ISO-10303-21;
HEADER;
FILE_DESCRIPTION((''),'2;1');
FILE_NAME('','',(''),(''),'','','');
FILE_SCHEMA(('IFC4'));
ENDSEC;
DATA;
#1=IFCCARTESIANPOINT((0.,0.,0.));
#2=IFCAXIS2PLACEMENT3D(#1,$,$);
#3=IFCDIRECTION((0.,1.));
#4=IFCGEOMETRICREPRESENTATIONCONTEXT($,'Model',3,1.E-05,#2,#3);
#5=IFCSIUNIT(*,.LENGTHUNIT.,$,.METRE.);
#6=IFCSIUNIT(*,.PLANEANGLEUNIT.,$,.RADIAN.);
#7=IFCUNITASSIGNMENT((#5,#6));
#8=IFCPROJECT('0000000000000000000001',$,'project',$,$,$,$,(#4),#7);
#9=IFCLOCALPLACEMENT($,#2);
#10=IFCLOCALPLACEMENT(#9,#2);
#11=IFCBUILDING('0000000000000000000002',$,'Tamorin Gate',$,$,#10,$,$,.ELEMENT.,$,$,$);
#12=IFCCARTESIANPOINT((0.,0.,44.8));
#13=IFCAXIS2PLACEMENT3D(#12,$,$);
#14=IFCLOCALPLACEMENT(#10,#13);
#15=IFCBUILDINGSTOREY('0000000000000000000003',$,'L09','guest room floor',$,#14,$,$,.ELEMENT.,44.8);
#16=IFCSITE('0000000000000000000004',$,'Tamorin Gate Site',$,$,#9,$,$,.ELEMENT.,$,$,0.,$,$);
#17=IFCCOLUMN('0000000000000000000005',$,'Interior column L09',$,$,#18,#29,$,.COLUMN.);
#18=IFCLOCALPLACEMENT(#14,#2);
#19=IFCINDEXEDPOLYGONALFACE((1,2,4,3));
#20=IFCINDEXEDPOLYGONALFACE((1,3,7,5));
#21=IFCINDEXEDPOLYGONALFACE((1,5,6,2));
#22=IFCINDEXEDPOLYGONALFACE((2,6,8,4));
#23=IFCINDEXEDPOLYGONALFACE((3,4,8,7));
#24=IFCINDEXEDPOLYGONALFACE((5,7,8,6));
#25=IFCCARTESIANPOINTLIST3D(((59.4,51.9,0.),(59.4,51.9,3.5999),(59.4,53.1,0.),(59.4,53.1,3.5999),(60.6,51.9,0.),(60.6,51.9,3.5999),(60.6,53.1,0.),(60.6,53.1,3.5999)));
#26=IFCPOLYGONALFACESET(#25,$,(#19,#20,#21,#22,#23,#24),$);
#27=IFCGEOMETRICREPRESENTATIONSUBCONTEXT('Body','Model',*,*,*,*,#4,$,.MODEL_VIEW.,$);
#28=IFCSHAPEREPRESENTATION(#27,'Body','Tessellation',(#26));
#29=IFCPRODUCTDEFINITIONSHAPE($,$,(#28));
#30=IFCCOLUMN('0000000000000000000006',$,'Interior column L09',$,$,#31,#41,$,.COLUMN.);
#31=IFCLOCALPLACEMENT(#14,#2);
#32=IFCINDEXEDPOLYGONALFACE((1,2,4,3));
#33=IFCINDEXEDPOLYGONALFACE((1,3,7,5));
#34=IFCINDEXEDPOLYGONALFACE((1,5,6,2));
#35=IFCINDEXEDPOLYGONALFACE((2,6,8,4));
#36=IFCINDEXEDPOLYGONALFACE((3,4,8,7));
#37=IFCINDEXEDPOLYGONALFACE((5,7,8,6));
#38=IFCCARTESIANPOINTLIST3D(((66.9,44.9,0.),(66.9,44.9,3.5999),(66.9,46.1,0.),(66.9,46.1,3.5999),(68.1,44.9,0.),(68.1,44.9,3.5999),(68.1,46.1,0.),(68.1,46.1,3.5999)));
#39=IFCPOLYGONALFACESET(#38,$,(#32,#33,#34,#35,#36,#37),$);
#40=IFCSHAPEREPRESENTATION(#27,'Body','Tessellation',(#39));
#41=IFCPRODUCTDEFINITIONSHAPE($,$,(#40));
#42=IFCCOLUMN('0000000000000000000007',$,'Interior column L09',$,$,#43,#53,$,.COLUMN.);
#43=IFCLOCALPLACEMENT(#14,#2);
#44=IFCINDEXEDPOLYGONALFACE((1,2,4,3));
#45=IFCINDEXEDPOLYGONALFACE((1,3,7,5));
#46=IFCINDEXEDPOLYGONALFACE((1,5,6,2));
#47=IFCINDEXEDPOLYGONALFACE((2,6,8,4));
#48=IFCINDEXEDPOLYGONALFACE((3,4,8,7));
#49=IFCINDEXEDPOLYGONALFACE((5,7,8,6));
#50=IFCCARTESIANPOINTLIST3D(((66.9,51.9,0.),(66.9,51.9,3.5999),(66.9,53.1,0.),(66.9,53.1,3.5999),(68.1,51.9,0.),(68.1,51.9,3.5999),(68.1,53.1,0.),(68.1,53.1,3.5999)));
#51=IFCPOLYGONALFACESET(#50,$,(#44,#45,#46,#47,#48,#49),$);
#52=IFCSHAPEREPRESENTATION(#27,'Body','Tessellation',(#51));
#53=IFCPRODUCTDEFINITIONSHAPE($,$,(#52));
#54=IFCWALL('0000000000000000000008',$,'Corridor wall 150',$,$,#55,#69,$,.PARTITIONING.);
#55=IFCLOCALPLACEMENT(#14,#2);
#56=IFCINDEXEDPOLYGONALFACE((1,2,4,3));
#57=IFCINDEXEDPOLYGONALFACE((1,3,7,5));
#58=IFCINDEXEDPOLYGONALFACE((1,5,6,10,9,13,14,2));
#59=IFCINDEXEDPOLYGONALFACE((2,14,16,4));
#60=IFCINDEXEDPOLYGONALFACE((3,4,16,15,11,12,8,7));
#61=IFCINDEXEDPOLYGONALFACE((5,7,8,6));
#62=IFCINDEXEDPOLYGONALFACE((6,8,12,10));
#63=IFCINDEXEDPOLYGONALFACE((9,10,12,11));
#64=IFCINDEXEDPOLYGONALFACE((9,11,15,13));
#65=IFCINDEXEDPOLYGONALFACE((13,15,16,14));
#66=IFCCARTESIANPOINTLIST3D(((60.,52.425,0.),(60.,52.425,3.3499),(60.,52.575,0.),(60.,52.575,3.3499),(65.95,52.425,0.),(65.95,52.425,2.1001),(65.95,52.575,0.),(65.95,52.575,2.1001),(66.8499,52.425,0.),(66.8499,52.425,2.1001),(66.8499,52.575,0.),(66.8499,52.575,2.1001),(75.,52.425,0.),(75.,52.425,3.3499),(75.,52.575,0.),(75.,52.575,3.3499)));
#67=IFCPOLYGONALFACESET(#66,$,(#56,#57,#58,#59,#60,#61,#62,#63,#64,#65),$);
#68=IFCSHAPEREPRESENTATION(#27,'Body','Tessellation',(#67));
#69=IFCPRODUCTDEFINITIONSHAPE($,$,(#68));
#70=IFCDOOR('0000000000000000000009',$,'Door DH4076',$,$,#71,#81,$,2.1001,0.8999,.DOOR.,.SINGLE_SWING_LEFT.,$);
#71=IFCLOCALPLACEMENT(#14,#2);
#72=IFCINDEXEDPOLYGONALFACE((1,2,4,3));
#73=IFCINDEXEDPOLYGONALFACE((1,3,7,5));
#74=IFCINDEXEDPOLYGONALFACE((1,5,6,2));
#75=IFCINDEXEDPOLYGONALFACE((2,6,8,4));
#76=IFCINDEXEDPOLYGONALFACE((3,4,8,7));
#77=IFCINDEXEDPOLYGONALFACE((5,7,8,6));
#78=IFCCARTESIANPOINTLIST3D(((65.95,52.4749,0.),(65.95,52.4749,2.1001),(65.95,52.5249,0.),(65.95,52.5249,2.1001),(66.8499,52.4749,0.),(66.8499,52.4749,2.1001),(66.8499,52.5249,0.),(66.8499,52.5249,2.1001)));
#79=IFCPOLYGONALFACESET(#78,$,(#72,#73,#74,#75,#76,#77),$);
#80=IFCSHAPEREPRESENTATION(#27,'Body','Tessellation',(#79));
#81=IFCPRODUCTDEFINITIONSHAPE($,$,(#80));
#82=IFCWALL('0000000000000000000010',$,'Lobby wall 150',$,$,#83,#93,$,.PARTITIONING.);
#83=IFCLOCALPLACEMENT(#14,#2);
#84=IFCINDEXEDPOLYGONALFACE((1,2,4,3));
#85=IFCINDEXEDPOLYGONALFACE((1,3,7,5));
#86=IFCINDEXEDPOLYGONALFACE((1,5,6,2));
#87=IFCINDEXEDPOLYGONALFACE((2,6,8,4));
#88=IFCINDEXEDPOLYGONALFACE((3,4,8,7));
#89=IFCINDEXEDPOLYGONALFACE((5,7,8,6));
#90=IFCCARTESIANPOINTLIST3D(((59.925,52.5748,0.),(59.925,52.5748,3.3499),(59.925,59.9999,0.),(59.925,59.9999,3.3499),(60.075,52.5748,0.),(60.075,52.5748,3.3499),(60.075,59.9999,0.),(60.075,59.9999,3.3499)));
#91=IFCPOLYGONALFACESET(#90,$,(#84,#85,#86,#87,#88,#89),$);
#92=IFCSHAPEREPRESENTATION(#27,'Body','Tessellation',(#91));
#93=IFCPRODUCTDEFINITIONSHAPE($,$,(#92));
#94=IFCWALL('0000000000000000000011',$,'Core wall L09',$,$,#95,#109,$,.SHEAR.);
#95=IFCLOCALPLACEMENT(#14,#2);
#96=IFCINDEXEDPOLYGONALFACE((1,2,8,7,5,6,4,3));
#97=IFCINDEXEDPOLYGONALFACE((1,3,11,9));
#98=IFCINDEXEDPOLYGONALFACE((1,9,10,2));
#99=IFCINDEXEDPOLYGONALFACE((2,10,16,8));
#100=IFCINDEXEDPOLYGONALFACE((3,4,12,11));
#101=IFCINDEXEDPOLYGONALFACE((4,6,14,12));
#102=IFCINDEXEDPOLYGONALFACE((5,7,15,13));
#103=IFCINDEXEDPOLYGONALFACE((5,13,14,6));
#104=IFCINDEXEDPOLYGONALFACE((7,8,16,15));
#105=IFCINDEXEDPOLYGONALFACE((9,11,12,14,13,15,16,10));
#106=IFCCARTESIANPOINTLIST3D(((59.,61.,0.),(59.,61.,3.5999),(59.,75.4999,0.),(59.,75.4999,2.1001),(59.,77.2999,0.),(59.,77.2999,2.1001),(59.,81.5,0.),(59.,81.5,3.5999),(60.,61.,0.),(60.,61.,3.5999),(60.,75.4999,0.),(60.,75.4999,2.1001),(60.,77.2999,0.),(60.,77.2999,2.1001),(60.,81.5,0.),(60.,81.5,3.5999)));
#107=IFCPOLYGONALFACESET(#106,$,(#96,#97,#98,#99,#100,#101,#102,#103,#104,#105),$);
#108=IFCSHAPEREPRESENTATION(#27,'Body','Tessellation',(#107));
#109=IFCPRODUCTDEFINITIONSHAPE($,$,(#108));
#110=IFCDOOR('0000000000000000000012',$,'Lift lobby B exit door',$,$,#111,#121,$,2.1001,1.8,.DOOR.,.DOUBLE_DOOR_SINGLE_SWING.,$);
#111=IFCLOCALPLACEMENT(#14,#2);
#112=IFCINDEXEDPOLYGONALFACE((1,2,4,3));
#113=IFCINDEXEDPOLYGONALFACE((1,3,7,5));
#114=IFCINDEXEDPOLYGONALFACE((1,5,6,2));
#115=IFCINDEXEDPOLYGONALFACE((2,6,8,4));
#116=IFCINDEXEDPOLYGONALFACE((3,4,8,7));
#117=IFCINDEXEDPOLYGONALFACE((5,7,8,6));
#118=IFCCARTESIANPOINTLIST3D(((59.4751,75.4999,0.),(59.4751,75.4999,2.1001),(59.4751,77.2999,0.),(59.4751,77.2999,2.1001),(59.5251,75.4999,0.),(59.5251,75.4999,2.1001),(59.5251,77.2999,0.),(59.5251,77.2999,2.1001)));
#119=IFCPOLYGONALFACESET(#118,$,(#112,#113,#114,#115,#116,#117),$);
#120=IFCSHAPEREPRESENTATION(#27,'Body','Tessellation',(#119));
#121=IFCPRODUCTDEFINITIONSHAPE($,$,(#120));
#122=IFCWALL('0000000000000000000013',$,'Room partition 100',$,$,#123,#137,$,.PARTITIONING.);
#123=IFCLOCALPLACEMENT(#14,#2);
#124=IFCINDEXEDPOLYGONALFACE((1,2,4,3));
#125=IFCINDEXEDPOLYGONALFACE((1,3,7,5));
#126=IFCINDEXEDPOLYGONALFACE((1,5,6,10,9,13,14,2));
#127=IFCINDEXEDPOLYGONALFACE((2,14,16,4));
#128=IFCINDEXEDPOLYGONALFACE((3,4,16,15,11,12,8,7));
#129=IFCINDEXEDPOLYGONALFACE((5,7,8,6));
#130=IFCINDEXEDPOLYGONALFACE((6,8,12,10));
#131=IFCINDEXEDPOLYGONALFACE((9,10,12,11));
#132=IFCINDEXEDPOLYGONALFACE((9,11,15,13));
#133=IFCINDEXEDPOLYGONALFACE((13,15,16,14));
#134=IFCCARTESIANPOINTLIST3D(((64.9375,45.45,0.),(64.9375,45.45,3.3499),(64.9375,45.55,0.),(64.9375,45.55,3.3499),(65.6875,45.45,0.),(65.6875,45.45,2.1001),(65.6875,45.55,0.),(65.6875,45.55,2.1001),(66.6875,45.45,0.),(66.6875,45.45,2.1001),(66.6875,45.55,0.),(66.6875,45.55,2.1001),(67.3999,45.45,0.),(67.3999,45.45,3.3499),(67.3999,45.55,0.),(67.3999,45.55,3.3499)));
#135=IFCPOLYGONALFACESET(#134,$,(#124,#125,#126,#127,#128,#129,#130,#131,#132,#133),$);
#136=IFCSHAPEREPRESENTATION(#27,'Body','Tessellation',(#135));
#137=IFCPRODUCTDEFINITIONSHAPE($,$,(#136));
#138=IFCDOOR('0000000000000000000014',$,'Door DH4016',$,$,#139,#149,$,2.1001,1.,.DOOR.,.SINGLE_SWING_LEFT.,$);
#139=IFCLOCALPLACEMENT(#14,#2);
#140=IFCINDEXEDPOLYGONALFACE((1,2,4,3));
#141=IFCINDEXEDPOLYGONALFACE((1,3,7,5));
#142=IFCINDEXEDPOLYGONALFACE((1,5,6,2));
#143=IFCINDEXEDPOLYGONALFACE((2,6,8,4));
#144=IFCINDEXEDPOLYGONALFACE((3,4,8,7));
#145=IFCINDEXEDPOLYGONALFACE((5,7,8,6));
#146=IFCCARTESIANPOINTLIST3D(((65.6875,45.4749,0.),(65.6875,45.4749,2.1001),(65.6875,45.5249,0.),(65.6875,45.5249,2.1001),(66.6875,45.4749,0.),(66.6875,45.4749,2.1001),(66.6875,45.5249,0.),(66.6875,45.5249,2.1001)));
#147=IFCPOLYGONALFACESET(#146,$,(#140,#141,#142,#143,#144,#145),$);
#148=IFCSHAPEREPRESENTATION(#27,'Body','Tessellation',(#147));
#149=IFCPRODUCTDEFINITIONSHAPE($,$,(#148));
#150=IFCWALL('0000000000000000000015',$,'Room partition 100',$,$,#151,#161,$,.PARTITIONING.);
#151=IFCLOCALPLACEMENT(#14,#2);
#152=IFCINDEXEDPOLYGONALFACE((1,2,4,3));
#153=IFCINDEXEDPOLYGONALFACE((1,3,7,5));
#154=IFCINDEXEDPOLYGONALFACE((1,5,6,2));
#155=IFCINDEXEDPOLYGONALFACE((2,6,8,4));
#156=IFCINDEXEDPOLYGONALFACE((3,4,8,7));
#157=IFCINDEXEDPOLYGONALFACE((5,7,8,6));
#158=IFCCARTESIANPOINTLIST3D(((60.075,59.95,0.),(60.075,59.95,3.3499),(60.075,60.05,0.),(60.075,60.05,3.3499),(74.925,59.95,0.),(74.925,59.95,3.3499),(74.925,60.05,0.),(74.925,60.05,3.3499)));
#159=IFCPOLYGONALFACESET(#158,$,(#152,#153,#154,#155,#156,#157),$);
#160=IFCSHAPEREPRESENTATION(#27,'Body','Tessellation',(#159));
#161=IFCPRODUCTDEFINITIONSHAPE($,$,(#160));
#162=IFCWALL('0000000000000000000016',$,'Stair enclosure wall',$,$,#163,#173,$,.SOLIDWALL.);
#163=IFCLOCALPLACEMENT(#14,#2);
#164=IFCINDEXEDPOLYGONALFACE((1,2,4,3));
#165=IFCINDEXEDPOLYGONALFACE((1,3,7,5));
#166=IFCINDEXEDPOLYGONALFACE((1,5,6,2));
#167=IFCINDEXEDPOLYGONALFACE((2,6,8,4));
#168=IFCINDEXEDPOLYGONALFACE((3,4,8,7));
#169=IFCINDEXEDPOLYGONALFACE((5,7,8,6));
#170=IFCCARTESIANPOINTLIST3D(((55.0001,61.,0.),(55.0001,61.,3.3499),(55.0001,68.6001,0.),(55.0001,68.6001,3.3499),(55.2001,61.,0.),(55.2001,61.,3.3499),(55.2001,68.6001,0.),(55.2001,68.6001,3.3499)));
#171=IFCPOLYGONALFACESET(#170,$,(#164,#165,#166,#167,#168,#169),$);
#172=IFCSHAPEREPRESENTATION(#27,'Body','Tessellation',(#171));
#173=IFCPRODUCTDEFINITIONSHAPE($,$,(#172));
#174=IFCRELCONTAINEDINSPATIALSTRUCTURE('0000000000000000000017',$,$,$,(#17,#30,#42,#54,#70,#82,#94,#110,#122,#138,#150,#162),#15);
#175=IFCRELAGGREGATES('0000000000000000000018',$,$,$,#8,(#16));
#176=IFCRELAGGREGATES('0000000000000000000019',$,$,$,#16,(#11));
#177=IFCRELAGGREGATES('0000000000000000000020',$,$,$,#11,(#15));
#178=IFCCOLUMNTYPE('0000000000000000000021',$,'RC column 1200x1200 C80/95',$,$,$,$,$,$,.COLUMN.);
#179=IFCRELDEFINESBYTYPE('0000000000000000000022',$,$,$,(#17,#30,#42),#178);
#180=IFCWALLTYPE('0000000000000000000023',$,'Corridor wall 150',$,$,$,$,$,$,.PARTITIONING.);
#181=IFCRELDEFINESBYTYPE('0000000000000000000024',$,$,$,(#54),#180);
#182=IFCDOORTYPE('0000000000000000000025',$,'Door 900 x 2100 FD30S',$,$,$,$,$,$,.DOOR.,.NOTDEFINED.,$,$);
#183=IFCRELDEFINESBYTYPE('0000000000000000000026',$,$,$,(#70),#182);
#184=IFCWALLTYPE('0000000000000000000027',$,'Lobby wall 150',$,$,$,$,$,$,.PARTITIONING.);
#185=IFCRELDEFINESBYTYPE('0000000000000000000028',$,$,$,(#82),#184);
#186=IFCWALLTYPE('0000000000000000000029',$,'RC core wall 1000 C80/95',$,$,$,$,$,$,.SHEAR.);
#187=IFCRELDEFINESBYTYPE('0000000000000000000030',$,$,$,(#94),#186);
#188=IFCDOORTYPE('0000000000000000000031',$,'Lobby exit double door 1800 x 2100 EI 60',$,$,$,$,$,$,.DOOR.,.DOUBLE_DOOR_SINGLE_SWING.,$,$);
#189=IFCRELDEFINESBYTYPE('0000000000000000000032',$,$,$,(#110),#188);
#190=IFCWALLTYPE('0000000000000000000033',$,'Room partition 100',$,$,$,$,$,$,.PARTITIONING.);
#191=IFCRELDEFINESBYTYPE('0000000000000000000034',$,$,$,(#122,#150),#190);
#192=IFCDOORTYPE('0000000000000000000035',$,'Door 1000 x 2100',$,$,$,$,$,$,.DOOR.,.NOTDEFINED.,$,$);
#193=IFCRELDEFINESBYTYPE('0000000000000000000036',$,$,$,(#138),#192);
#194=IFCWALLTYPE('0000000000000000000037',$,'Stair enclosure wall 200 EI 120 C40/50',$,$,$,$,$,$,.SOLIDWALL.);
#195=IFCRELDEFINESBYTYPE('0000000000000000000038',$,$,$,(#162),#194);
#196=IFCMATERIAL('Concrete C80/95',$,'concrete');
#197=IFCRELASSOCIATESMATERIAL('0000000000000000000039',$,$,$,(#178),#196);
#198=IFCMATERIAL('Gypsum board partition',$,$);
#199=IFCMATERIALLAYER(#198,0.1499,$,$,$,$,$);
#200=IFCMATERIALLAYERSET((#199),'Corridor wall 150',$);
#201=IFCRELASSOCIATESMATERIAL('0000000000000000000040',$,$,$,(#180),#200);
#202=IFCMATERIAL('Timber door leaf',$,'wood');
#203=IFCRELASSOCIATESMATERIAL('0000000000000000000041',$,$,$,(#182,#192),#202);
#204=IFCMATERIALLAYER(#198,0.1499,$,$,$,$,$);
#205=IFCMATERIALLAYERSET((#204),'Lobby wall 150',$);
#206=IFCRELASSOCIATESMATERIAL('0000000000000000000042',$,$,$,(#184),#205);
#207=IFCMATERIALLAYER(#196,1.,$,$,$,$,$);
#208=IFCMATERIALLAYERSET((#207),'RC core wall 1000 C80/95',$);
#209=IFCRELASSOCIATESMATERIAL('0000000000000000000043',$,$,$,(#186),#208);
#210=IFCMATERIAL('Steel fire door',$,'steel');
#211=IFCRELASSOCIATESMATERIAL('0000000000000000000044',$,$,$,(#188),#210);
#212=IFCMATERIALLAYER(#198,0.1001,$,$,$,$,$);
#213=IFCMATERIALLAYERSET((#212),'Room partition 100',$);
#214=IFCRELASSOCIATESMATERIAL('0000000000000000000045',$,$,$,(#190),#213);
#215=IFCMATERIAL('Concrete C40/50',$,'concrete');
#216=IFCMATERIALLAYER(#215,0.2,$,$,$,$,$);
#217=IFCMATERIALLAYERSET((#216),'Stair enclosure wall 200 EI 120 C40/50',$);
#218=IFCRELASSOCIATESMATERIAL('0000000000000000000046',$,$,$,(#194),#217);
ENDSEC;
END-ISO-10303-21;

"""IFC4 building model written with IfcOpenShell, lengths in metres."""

from ifc_helpers import new_model, si_unit, direction, frame, frame_2d, origin, origin_2d, place, context, subcontext, project, spatial, rectangle, extrude, material, layer, layer_set, material_profile, profile_set, type_object, element, fill, save


model = new_model("IFC4")

# Units and contexts
model_context = context("Model", 3, precision=1e-05, world=origin(), true_north=direction((0.0, 1.0)))
body_context = subcontext(model_context, "Body", "Model", "MODEL_VIEW")
ifc_project = project(units=[si_unit("LENGTHUNIT", "METRE"), si_unit("PLANEANGLEUNIT", "RADIAN")], contexts=[model_context])

# Site, building, storey
site_placement = place(None, origin())
site = spatial("IfcSite", under=ifc_project, at=site_placement, Name="Tamorin Gate Site", CompositionType="ELEMENT", RefElevation=0.0)
building_placement = place(site_placement, origin())
building = spatial("IfcBuilding", under=site, at=building_placement, Name="Tamorin Gate", CompositionType="ELEMENT")
storey_placement = place(building_placement, frame((0.0, 0.0, 44.8)))
storey = spatial("IfcBuildingStorey", under=building, at=storey_placement, Name="L09", Description="guest room floor", CompositionType="ELEMENT", Elevation=44.8)

# Columns
ifc_material_1 = material(Name="Concrete C80/95", Category="concrete")
ifc_material_profile = material_profile(ifc_material_1, rectangle(XDim=1.2, YDim=1.2, at=origin_2d()), Name="RC 1200x1200")
ifc_profile_set = profile_set([ifc_material_profile], Name="Concrete C80/95")
column_type = type_object("IfcColumnType", Name="RC column 1200x1200 C80/95", PredefinedType="COLUMN", material=ifc_profile_set)
for number, where, z_axis, x_axis, name in (
    (1, (60.0, 52.5, 0.0), (0.0, 0.0, 1.0), (1.0, 0.0, 0.0), "Interior column L09"),
    (2, (67.5, 45.5, 0.0), (0.0, 0.0, 1.0), (1.0, 0.0, 0.0), "Interior column L09"),
    (3, (67.5, 52.5, 0.0), (0.0, 0.0, 1.0), (1.0, 0.0, 0.0), "Interior column L09"),
):
    element("IfcColumn", number, at=place(storey_placement, frame(where, z_axis=z_axis, x_axis=x_axis)), inside=storey, type_object=column_type, Name=name, PredefinedType="COLUMN", context=body_context, shape_type="SweptSolid", body=[
        extrude(rectangle(XDim=1.2, YDim=1.2, at=origin_2d()), origin(), (0.0, 0.0, 1.0), 3.5999),
    ])

# Wall, opening, door
ifc_material_2 = material(Name="Gypsum board partition")
ifc_layer_1 = layer(ifc_material_2, 0.1499)
ifc_layer_set_1 = layer_set([ifc_layer_1], Name="Corridor wall 150")
wall_type_1 = type_object("IfcWallType", Name="Corridor wall 150", PredefinedType="PARTITIONING", material=ifc_layer_set_1)
wall_1_placement = place(storey_placement, frame((60.0, 52.5, 0.0), z_axis=(0.0, 0.0, 1.0), x_axis=(1.0, 0.0, 0.0)))
wall_1 = element("IfcWall", 4, at=wall_1_placement, inside=storey, type_object=wall_type_1, Name="Corridor wall 150", PredefinedType="PARTITIONING", context=body_context, shape_type="SweptSolid", body=[
    extrude(rectangle(XDim=15.0, YDim=0.1499, at=frame_2d((7.5, 0.0))), origin(), (0.0, 0.0, 1.0), 3.3499),
])
opening_1_placement = place(wall_1_placement, frame((5.95, 0.0, 0.0)))
opening_1 = element("IfcOpeningElement", 5, at=opening_1_placement, cuts=wall_1, PredefinedType="OPENING", context=body_context, shape_type="SweptSolid", body=[
    extrude(rectangle(XDim=0.8999, YDim=2.1001, at=frame_2d((0.45, 1.05))), frame((0.0, 0.085, 0.0), z_axis=(0.0, -1.0, 0.0), x_axis=(1.0, 0.0, 0.0)), (0.0, 0.0, 1.0), 0.1699),
])
ifc_material_3 = material(Name="Timber door leaf", Category="wood")
door_type_1 = type_object("IfcDoorType", Name="Door 900 x 2100 FD30S", OperationType="NOTDEFINED", PredefinedType="DOOR", material=ifc_material_3)
door_1_placement = place(opening_1_placement, origin())
door_1 = element("IfcDoor", 6, at=door_1_placement, inside=storey, type_object=door_type_1, Name="Door DH4076", OperationType="SINGLE_SWING_LEFT", OverallHeight=2.1001, OverallWidth=0.8999, PredefinedType="DOOR", context=body_context, shape_type="SweptSolid", body=[
    extrude(rectangle(XDim=0.8999, YDim=2.1001, at=frame_2d((0.45, 1.05))), frame((0.0, 0.0249, 0.0), z_axis=(0.0, -1.0, 0.0), x_axis=(1.0, 0.0, 0.0)), (0.0, 0.0, 1.0), 0.05),
])
fill(opening_1, door_1)

# Wall
ifc_layer_2 = layer(ifc_material_2, 0.1499)
ifc_layer_set_2 = layer_set([ifc_layer_2], Name="Lobby wall 150")
wall_type_2 = type_object("IfcWallType", Name="Lobby wall 150", PredefinedType="PARTITIONING", material=ifc_layer_set_2)
wall_2_placement = place(storey_placement, frame((60.0, 52.575, 0.0), z_axis=(0.0, 0.0, 1.0), x_axis=(0.0, 1.0, 0.0)))
element("IfcWall", 7, at=wall_2_placement, inside=storey, type_object=wall_type_2, Name="Lobby wall 150", PredefinedType="PARTITIONING", context=body_context, shape_type="SweptSolid", body=[
    extrude(rectangle(XDim=7.425, YDim=0.1499, at=frame_2d((3.7124, 0.0))), origin(), (0.0, 0.0, 1.0), 3.3499),
])

# Walls, openings, doors
ifc_layer_3 = layer(ifc_material_1, 1.0)
ifc_layer_set_3 = layer_set([ifc_layer_3], Name="RC core wall 1000 C80/95")
wall_type_3 = type_object("IfcWallType", Name="RC core wall 1000 C80/95", PredefinedType="SHEAR", material=ifc_layer_set_3)
wall_3_placement = place(storey_placement, frame((59.5, 61.0, 0.0), z_axis=(0.0, 0.0, 1.0), x_axis=(0.0, 1.0, 0.0)))
wall_3 = element("IfcWall", 8, at=wall_3_placement, inside=storey, type_object=wall_type_3, Name="Core wall L09", PredefinedType="SHEAR", context=body_context, shape_type="SweptSolid", body=[
    extrude(rectangle(XDim=20.5, YDim=1.0, at=frame_2d((10.25, 0.0))), origin(), (0.0, 0.0, 1.0), 3.5999),
])
opening_2_placement = place(wall_3_placement, frame((14.5, 0.0, 0.0)))
opening_2 = element("IfcOpeningElement", 9, at=opening_2_placement, cuts=wall_3, PredefinedType="OPENING", context=body_context, shape_type="SweptSolid", body=[
    extrude(rectangle(XDim=1.8, YDim=2.1001, at=frame_2d((0.8999, 1.05))), frame((0.0, 0.51, 0.0), z_axis=(0.0, -1.0, 0.0), x_axis=(1.0, 0.0, 0.0)), (0.0, 0.0, 1.0), 1.02),
])
ifc_material_4 = material(Name="Steel fire door", Category="steel")
door_type_2 = type_object("IfcDoorType", Name="Lobby exit double door 1800 x 2100 EI 60", OperationType="DOUBLE_DOOR_SINGLE_SWING", PredefinedType="DOOR", material=ifc_material_4)
door_2_placement = place(opening_2_placement, origin())
door_2 = element("IfcDoor", 10, at=door_2_placement, inside=storey, type_object=door_type_2, Name="Lift lobby B exit door", OperationType="DOUBLE_DOOR_SINGLE_SWING", OverallHeight=2.1001, OverallWidth=1.8, PredefinedType="DOOR", context=body_context, shape_type="SweptSolid", body=[
    extrude(rectangle(XDim=1.8, YDim=2.1001, at=frame_2d((0.8999, 1.05))), frame((0.0, 0.0249, 0.0), z_axis=(0.0, -1.0, 0.0), x_axis=(1.0, 0.0, 0.0)), (0.0, 0.0, 1.0), 0.05),
])
fill(opening_2, door_2)
ifc_layer_4 = layer(ifc_material_2, 0.1001)
ifc_layer_set_4 = layer_set([ifc_layer_4], Name="Room partition 100")
wall_type_4 = type_object("IfcWallType", Name="Room partition 100", PredefinedType="PARTITIONING", material=ifc_layer_set_4)
wall_4_placement = place(storey_placement, frame((64.9375, 45.5, 0.0), z_axis=(0.0, 0.0, 1.0), x_axis=(1.0, 0.0, 0.0)))
wall_4 = element("IfcWall", 11, at=wall_4_placement, inside=storey, type_object=wall_type_4, Name="Room partition 100", PredefinedType="PARTITIONING", context=body_context, shape_type="SweptSolid", body=[
    extrude(rectangle(XDim=2.4624, YDim=0.1001, at=frame_2d((1.2312, 0.0))), origin(), (0.0, 0.0, 1.0), 3.3499),
])
opening_3_placement = place(wall_4_placement, frame((0.75, 0.0, 0.0)))
opening_3 = element("IfcOpeningElement", 12, at=opening_3_placement, cuts=wall_4, PredefinedType="OPENING", context=body_context, shape_type="SweptSolid", body=[
    extrude(rectangle(XDim=1.0, YDim=2.1001, at=frame_2d((0.5, 1.05))), frame((0.0, 0.0601, 0.0), z_axis=(0.0, -1.0, 0.0), x_axis=(1.0, 0.0, 0.0)), (0.0, 0.0, 1.0), 0.1201),
])
door_type_3 = type_object("IfcDoorType", Name="Door 1000 x 2100", OperationType="NOTDEFINED", PredefinedType="DOOR", material=ifc_material_3)
door_3_placement = place(opening_3_placement, origin())
door_3 = element("IfcDoor", 13, at=door_3_placement, inside=storey, type_object=door_type_3, Name="Door DH4016", OperationType="SINGLE_SWING_LEFT", OverallHeight=2.1001, OverallWidth=1.0, PredefinedType="DOOR", context=body_context, shape_type="SweptSolid", body=[
    extrude(rectangle(XDim=1.0, YDim=2.1001, at=frame_2d((0.5, 1.05))), frame((0.0, 0.0249, 0.0), z_axis=(0.0, -1.0, 0.0), x_axis=(1.0, 0.0, 0.0)), (0.0, 0.0, 1.0), 0.05),
])
fill(opening_3, door_3)

# Walls
wall_5_placement = place(storey_placement, frame((60.075, 60.0, 0.0), z_axis=(0.0, 0.0, 1.0), x_axis=(1.0, 0.0, 0.0)))
element("IfcWall", 14, at=wall_5_placement, inside=storey, type_object=wall_type_4, Name="Room partition 100", PredefinedType="PARTITIONING", context=body_context, shape_type="SweptSolid", body=[
    extrude(rectangle(XDim=14.8501, YDim=0.1001, at=frame_2d((7.425, 0.0))), origin(), (0.0, 0.0, 1.0), 3.3499),
])
ifc_material_5 = material(Name="Concrete C40/50", Category="concrete")
ifc_layer_5 = layer(ifc_material_5, 0.2)
ifc_layer_set_5 = layer_set([ifc_layer_5], Name="Stair enclosure wall 200 EI 120 C40/50")
wall_type_5 = type_object("IfcWallType", Name="Stair enclosure wall 200 EI 120 C40/50", PredefinedType="SOLIDWALL", material=ifc_layer_set_5)
wall_6_placement = place(storey_placement, frame((55.1001, 61.0, 0.0), z_axis=(0.0, 0.0, 1.0), x_axis=(0.0, 1.0, 0.0)))
element("IfcWall", 15, at=wall_6_placement, inside=storey, type_object=wall_type_5, Name="Stair enclosure wall", PredefinedType="SOLIDWALL", context=body_context, shape_type="SweptSolid", body=[
    extrude(rectangle(XDim=7.6001, YDim=0.2, at=frame_2d((3.8, 0.0))), origin(), (0.0, 0.0, 1.0), 3.3499),
])

save(model, "model.ifc")
